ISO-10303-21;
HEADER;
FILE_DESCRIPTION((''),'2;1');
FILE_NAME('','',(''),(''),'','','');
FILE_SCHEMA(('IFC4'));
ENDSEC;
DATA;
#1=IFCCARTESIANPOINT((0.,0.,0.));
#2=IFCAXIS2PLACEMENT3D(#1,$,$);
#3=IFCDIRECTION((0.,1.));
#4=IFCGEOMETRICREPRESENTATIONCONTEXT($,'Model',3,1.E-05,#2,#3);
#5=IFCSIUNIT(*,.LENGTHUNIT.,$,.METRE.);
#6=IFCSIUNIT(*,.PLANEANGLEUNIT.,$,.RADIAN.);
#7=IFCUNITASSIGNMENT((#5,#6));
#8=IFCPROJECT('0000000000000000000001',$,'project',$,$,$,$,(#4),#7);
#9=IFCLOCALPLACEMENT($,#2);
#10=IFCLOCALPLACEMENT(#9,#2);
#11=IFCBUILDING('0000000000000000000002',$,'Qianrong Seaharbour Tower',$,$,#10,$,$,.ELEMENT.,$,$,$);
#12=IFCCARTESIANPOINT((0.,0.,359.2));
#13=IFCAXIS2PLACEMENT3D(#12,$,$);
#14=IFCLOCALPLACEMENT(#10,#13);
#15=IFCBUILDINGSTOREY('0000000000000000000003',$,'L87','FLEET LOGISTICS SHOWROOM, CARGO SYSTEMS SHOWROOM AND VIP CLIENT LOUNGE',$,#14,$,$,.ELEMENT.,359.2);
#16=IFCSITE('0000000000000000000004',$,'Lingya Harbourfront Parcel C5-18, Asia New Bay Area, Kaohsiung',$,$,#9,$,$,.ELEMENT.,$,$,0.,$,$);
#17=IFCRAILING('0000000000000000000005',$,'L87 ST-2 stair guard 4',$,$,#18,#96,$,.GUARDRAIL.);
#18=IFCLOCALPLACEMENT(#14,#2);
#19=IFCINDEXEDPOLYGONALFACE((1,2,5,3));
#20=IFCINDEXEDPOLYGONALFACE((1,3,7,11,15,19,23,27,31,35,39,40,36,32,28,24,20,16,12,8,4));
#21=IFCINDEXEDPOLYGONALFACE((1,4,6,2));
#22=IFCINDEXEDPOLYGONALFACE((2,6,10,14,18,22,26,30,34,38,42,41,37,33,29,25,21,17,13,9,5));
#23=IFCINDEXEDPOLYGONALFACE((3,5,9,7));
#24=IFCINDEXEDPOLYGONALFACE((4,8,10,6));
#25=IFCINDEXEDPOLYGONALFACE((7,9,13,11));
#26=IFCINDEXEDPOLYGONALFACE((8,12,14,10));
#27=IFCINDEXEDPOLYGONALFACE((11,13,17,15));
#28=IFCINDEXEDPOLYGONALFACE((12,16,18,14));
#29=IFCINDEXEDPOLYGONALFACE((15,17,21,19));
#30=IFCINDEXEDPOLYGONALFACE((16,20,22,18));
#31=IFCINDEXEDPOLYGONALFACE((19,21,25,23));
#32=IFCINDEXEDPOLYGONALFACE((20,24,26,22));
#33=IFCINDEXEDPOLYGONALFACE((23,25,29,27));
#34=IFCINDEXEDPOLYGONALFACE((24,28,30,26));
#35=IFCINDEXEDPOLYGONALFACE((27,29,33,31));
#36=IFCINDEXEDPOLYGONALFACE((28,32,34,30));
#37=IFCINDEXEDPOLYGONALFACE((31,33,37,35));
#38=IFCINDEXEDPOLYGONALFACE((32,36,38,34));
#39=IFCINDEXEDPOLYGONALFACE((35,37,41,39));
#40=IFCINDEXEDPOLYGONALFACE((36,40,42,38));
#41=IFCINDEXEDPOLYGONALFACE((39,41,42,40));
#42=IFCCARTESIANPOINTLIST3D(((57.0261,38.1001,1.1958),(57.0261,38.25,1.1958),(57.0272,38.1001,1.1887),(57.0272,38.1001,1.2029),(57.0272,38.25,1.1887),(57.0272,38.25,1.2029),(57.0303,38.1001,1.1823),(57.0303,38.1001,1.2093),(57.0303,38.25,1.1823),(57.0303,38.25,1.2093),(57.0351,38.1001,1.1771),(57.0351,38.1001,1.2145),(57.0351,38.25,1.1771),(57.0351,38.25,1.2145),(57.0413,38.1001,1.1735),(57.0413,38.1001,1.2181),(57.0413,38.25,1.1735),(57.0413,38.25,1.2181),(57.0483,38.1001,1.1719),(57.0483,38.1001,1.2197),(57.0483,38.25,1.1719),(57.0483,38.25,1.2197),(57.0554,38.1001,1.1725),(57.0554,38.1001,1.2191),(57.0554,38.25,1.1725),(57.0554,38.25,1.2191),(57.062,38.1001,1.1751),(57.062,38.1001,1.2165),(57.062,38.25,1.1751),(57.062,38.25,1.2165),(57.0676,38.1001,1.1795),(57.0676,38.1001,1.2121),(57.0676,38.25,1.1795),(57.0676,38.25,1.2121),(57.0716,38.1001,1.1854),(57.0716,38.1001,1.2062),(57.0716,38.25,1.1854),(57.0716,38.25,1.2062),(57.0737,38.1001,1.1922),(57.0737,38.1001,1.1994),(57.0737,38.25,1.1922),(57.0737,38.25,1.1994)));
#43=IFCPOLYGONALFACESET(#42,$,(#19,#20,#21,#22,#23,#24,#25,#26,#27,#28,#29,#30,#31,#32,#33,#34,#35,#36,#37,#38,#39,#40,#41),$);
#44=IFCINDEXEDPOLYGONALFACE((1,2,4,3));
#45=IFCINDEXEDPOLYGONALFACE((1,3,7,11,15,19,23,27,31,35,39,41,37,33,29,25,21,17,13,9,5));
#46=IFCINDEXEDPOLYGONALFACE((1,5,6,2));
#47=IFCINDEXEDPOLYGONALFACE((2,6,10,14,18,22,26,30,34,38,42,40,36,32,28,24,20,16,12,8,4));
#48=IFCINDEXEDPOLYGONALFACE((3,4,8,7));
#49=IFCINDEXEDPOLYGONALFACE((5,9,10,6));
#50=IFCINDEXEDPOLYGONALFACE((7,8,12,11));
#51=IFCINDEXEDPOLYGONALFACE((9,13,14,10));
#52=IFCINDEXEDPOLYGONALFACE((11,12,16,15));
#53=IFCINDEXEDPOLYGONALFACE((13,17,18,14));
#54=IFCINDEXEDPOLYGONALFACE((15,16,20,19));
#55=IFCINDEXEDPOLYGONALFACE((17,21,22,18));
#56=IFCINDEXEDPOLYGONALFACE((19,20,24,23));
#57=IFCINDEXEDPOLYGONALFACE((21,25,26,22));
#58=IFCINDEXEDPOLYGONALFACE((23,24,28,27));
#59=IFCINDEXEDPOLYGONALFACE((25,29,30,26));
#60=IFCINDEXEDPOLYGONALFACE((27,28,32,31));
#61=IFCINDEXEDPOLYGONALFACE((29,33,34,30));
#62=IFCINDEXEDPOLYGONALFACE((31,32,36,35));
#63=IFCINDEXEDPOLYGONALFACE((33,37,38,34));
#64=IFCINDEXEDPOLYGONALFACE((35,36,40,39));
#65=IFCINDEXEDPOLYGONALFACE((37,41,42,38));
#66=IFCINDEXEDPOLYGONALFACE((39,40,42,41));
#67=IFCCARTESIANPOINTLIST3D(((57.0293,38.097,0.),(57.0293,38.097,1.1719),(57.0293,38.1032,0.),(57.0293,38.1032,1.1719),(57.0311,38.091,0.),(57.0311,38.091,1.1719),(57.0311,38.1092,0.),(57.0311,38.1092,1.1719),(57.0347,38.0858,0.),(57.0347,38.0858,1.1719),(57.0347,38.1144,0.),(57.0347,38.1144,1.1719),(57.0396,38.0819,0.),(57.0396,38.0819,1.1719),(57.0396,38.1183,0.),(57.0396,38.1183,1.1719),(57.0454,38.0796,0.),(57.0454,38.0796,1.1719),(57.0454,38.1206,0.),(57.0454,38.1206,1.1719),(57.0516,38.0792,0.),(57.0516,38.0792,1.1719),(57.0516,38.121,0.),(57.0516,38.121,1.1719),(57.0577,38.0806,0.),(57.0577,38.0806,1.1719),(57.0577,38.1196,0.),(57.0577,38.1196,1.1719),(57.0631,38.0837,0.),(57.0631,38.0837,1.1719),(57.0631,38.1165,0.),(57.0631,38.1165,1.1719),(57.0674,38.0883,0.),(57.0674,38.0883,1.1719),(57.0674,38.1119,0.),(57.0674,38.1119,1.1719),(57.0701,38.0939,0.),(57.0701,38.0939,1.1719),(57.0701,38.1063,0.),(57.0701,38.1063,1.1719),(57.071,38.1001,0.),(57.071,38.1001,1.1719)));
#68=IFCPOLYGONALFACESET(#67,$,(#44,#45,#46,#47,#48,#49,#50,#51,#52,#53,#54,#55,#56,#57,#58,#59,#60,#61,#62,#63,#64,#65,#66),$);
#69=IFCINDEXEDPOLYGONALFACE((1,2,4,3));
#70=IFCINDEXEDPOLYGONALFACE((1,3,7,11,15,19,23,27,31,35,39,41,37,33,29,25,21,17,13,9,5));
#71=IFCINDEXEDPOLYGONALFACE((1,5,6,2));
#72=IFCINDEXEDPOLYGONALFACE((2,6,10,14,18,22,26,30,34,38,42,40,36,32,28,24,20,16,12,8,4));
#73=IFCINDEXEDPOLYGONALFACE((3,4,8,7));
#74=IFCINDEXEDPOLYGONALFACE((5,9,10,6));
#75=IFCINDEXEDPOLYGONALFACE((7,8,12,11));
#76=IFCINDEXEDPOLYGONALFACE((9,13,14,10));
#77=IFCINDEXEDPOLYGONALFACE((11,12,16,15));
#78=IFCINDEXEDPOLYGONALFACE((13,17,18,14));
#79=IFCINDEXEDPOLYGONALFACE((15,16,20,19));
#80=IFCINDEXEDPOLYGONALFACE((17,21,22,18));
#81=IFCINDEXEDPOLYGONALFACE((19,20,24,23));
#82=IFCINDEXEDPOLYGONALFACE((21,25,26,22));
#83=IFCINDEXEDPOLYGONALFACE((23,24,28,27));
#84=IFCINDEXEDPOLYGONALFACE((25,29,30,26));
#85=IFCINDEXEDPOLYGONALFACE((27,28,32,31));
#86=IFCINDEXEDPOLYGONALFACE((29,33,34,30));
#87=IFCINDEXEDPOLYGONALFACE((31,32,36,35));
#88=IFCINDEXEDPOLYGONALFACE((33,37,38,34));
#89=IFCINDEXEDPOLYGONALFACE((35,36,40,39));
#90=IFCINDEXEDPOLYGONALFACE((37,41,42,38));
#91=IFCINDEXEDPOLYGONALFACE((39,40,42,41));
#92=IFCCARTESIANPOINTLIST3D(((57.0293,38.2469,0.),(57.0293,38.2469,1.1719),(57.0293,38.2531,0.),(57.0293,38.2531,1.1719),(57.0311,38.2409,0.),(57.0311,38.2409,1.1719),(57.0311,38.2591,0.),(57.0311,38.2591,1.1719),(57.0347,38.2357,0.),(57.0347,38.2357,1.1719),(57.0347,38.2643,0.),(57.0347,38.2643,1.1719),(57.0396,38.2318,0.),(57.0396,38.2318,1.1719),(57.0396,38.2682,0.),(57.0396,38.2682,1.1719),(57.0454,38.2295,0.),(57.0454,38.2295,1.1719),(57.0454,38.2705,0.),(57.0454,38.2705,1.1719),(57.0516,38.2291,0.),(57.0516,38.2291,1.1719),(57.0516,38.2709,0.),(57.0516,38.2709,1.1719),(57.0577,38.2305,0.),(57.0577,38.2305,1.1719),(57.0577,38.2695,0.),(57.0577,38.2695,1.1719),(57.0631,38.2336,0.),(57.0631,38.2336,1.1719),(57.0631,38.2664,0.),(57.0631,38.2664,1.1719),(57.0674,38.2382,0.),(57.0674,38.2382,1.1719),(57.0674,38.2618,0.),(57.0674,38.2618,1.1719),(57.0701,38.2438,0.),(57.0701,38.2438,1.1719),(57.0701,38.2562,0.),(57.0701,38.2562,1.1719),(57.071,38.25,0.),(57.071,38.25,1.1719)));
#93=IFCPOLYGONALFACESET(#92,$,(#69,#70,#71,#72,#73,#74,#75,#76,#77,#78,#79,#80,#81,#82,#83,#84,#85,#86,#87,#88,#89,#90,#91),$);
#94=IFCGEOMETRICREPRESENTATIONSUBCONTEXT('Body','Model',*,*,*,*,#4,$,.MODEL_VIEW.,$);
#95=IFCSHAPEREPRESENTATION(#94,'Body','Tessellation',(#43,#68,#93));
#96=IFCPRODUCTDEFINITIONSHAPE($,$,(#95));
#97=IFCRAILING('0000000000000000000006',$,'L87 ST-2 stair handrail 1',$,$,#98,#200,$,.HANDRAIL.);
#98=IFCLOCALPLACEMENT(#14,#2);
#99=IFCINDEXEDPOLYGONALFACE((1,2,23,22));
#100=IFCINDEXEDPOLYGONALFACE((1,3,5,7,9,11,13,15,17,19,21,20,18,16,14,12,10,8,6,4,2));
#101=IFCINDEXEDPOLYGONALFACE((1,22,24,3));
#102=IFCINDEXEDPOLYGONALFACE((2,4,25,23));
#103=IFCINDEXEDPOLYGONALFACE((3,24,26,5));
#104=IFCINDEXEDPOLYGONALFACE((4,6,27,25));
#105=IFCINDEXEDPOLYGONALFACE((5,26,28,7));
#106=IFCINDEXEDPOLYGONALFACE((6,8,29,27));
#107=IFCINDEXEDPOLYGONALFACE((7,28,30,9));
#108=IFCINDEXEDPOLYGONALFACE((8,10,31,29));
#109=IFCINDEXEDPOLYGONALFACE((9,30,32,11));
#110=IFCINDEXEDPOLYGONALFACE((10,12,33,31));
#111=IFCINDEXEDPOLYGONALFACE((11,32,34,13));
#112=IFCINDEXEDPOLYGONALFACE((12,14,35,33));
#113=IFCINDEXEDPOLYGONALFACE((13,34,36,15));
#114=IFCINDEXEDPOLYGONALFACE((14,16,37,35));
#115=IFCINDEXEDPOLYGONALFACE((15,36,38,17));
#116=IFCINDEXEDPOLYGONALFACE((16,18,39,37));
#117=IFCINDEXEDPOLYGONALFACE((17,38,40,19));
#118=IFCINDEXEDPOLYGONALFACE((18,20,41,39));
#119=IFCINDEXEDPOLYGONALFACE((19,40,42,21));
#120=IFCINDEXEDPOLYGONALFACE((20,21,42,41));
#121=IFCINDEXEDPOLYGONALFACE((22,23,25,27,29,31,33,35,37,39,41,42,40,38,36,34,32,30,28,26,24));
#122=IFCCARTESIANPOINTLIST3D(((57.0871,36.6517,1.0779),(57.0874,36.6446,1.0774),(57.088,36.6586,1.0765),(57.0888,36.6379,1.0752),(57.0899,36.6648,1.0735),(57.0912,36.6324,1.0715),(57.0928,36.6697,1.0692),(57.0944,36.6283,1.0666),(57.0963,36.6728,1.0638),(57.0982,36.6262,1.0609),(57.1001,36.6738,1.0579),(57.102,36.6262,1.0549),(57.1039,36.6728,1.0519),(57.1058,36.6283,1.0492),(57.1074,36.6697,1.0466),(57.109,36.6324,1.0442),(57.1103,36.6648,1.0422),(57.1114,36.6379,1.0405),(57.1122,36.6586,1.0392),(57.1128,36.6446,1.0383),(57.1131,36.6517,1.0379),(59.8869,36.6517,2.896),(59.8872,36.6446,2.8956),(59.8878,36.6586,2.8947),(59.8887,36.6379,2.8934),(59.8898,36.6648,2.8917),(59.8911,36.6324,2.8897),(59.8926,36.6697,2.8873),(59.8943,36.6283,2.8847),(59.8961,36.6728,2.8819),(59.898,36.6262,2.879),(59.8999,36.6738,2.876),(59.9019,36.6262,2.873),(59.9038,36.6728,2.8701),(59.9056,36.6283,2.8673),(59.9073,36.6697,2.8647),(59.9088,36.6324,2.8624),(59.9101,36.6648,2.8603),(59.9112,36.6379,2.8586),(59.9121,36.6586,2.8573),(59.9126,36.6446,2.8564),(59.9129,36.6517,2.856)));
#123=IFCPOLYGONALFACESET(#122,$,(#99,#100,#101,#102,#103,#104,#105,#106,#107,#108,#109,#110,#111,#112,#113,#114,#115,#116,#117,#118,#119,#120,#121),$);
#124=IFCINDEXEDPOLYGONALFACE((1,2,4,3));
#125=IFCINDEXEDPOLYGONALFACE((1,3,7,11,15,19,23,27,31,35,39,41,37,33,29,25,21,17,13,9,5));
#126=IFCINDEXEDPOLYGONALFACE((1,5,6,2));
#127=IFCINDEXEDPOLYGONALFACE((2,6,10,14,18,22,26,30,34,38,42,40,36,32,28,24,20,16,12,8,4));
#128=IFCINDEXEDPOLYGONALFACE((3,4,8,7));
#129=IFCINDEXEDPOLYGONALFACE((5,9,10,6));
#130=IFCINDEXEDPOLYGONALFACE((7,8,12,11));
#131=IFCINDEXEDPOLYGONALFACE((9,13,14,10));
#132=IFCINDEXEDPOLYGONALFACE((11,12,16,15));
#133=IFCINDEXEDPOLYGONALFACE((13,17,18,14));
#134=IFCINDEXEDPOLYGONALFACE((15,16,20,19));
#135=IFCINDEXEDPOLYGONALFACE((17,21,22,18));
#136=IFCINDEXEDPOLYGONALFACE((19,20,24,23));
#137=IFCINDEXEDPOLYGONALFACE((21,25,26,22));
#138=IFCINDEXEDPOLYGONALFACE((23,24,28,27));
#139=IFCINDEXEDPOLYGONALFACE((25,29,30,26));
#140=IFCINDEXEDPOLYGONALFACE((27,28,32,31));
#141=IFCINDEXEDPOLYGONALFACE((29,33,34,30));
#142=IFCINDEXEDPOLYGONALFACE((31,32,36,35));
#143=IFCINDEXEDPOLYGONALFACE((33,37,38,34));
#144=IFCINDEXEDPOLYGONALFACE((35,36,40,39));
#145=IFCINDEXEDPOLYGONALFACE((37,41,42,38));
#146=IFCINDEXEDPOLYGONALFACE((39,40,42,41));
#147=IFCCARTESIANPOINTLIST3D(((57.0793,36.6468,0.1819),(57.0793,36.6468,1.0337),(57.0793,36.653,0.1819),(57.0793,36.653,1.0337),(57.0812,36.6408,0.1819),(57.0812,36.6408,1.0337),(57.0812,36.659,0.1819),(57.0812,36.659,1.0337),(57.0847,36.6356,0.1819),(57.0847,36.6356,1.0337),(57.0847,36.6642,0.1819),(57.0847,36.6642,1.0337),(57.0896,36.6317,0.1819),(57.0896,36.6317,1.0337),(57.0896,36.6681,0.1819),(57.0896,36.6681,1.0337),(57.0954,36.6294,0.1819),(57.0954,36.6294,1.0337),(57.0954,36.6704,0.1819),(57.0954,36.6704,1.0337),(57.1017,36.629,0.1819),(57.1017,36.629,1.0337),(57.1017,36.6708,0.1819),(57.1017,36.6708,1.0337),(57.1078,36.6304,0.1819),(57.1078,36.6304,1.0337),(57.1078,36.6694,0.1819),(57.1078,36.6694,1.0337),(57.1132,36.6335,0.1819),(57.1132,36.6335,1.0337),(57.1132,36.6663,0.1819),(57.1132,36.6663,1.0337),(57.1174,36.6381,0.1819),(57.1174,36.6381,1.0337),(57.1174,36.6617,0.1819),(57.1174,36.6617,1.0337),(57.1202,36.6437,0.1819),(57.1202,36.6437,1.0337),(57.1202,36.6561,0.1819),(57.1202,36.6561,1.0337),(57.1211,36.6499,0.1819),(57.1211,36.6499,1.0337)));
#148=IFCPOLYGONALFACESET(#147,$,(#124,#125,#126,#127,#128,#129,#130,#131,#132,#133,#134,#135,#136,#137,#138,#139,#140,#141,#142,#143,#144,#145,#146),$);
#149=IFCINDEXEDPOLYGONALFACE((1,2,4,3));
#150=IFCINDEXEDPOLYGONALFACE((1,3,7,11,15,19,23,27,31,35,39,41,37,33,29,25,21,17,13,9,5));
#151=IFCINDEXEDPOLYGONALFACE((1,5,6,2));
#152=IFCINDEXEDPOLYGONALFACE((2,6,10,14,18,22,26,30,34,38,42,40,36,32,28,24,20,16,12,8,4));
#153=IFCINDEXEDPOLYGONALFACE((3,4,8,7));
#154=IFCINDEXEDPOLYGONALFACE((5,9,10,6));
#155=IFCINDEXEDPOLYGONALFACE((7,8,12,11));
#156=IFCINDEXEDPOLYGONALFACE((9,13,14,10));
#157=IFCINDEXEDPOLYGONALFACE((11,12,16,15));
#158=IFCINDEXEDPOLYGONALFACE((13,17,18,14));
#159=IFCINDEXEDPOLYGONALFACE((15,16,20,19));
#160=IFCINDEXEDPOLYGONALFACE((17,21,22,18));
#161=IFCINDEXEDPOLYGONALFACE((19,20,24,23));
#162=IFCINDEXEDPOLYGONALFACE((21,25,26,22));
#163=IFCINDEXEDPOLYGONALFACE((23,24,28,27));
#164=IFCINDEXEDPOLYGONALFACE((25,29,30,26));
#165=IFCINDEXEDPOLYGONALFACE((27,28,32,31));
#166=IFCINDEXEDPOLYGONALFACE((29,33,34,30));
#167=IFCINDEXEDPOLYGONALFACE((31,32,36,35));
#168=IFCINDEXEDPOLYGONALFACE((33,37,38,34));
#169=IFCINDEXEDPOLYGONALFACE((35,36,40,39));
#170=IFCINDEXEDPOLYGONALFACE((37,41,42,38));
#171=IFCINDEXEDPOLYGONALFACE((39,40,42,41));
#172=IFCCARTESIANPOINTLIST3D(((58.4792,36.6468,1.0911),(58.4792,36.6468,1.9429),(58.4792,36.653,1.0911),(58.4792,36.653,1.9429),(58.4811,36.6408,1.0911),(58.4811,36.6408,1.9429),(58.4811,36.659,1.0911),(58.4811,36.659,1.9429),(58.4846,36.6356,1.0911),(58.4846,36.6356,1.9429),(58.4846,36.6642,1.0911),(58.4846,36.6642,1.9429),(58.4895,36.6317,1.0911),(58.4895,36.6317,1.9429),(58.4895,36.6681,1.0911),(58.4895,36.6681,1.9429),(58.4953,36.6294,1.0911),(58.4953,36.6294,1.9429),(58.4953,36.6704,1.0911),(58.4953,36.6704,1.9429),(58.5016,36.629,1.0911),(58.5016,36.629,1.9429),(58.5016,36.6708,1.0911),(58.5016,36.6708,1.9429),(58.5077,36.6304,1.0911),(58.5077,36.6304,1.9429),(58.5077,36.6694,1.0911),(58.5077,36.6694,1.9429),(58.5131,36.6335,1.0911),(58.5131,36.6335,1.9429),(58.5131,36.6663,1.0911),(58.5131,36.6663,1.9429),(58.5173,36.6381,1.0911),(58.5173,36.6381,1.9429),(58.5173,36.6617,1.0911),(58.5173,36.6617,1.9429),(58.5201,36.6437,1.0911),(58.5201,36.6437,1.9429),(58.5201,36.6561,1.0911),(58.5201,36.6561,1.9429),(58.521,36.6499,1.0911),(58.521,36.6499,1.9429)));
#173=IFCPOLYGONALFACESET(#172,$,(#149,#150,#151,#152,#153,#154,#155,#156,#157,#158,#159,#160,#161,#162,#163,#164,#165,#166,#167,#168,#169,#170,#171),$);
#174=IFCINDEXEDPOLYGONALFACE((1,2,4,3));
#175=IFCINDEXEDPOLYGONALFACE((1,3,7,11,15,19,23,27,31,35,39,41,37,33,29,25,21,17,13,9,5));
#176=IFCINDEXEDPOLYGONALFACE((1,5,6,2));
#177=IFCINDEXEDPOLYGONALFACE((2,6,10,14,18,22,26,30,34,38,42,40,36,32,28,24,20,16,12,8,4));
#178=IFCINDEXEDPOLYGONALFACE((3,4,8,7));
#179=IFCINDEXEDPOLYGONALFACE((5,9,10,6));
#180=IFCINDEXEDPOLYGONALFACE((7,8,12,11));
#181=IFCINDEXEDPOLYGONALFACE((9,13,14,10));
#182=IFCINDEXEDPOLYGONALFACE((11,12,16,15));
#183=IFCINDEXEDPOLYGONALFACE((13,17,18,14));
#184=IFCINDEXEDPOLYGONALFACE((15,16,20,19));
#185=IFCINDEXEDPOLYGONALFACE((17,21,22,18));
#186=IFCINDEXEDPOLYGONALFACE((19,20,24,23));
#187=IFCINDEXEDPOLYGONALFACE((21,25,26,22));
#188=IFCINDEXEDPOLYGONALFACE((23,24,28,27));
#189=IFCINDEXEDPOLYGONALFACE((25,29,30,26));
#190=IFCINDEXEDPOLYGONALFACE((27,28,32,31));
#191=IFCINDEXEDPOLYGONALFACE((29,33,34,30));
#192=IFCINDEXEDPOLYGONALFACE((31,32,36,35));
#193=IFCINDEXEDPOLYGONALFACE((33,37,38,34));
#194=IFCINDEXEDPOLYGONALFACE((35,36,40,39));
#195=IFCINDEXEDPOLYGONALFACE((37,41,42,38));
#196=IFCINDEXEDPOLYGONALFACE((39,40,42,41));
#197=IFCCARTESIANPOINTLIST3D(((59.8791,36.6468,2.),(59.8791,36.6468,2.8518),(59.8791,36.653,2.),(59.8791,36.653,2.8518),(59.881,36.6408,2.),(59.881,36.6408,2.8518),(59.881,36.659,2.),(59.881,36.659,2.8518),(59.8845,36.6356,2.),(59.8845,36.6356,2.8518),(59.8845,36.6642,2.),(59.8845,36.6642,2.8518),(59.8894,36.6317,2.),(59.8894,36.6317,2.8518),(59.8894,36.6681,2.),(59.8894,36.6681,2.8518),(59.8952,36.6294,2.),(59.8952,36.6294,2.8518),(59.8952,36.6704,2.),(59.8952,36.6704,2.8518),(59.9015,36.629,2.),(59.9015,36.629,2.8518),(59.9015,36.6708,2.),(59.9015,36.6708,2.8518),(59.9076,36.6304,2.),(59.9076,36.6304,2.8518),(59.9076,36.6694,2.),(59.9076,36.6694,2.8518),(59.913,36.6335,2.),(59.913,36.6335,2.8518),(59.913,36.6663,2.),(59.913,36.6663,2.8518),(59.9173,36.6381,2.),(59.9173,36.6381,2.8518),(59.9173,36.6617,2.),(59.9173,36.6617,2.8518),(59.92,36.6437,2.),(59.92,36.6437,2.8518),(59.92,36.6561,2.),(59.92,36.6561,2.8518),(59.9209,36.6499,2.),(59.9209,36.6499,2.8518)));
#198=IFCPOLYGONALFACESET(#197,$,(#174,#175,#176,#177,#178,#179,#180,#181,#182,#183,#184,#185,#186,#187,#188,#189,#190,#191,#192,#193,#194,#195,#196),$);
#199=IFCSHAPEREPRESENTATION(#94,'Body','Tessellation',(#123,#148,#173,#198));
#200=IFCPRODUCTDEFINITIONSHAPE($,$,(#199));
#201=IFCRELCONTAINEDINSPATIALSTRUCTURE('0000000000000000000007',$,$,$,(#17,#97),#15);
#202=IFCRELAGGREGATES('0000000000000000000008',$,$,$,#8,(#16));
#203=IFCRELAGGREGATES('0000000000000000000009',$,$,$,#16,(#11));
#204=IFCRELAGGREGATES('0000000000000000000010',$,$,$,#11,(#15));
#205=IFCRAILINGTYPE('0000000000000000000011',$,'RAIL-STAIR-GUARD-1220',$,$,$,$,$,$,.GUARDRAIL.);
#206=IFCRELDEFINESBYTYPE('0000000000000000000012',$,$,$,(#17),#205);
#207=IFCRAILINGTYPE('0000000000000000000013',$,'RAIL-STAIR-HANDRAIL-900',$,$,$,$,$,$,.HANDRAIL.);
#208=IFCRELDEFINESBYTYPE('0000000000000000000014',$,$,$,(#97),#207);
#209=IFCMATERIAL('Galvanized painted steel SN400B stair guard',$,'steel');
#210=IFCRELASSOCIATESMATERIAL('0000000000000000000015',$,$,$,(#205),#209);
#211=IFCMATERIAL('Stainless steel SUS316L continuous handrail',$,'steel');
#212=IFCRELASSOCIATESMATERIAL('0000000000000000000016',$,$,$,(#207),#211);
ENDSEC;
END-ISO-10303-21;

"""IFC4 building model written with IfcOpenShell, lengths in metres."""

from ifc_helpers import new_model, si_unit, direction, frame, origin, origin_2d, place, context, subcontext, project, spatial, circle, extrude, material, type_object, element, save


model = new_model("IFC4")

# Units and contexts
model_context = context("Model", 3, precision=1e-05, world=origin(), true_north=direction((0.0, 1.0)))
body_context = subcontext(model_context, "Body", "Model", "MODEL_VIEW")
ifc_project = project(units=[si_unit("LENGTHUNIT", "METRE"), si_unit("PLANEANGLEUNIT", "RADIAN")], contexts=[model_context])

# Site, building, storey
site_placement = place(None, origin())
site = spatial("IfcSite", under=ifc_project, at=site_placement, Name="Lingya Harbourfront Parcel C5-18, Asia New Bay Area, Kaohsiung", CompositionType="ELEMENT", RefElevation=0.0)
building_placement = place(site_placement, origin())
building = spatial("IfcBuilding", under=site, at=building_placement, Name="Qianrong Seaharbour Tower", CompositionType="ELEMENT")
storey_placement = place(building_placement, frame((0.0, 0.0, 359.2)))
storey = spatial("IfcBuildingStorey", under=building, at=storey_placement, Name="L87", Description="FLEET LOGISTICS SHOWROOM, CARGO SYSTEMS SHOWROOM AND VIP CLIENT LOUNGE", CompositionType="ELEMENT", Elevation=359.2)

# Railings
ifc_material_1 = material(Name="Galvanized painted steel SN400B stair guard", Category="steel")
railing_type_1 = type_object("IfcRailingType", Name="RAIL-STAIR-GUARD-1220", PredefinedType="GUARDRAIL", material=ifc_material_1)
railing_1_placement = place(storey_placement, frame((57.05, 38.1001, 0.0)))
element("IfcRailing", 1, at=railing_1_placement, inside=storey, type_object=railing_type_1, Name="L87 ST-2 stair guard 4", PredefinedType="GUARDRAIL", context=body_context, shape_type="SweptSolid", body=[
    extrude(circle(Radius=0.0239, at=origin_2d()), frame((0.0, 0.0, 1.1958), z_axis=(0.0, 1.0, 0.0), x_axis=(-1.0, 0.0, 0.0)), (0.0, 0.0, 1.0), 0.1499),
    extrude(circle(Radius=0.021, at=origin_2d()), origin(), (0.0, 0.0, 1.0), 1.1719),
    extrude(circle(Radius=0.021, at=origin_2d()), frame((0.0, 0.1499, 0.0)), (0.0, 0.0, 1.0), 1.1719),
])
ifc_material_2 = material(Name="Stainless steel SUS316L continuous handrail", Category="steel")
railing_type_2 = type_object("IfcRailingType", Name="RAIL-STAIR-HANDRAIL-900", PredefinedType="HANDRAIL", material=ifc_material_2)
railing_2_placement = place(storey_placement, frame((57.1001, 36.6499, 0.1819)))
element("IfcRailing", 2, at=railing_2_placement, inside=storey, type_object=railing_type_2, Name="L87 ST-2 stair handrail 1", PredefinedType="HANDRAIL", context=body_context, shape_type="SweptSolid", body=[
    extrude(circle(Radius=0.0239, at=origin_2d()), frame((0.0, 0.0, 0.876), z_axis=(0.838684, 0.0, 0.544618), x_axis=(0.0, 1.0, 0.0)), (0.0, 0.0, 1.0), 3.3384),
    extrude(circle(Radius=0.021, at=origin_2d()), origin(), (0.0, 0.0, 1.0), 0.8518),
    extrude(circle(Radius=0.021, at=origin_2d()), frame((1.3999, 0.0, 0.9092)), (0.0, 0.0, 1.0), 0.8518),
    extrude(circle(Radius=0.021, at=origin_2d()), frame((2.7998, 0.0, 1.8181)), (0.0, 0.0, 1.0), 0.8518),
])

save(model, "model.ifc")
